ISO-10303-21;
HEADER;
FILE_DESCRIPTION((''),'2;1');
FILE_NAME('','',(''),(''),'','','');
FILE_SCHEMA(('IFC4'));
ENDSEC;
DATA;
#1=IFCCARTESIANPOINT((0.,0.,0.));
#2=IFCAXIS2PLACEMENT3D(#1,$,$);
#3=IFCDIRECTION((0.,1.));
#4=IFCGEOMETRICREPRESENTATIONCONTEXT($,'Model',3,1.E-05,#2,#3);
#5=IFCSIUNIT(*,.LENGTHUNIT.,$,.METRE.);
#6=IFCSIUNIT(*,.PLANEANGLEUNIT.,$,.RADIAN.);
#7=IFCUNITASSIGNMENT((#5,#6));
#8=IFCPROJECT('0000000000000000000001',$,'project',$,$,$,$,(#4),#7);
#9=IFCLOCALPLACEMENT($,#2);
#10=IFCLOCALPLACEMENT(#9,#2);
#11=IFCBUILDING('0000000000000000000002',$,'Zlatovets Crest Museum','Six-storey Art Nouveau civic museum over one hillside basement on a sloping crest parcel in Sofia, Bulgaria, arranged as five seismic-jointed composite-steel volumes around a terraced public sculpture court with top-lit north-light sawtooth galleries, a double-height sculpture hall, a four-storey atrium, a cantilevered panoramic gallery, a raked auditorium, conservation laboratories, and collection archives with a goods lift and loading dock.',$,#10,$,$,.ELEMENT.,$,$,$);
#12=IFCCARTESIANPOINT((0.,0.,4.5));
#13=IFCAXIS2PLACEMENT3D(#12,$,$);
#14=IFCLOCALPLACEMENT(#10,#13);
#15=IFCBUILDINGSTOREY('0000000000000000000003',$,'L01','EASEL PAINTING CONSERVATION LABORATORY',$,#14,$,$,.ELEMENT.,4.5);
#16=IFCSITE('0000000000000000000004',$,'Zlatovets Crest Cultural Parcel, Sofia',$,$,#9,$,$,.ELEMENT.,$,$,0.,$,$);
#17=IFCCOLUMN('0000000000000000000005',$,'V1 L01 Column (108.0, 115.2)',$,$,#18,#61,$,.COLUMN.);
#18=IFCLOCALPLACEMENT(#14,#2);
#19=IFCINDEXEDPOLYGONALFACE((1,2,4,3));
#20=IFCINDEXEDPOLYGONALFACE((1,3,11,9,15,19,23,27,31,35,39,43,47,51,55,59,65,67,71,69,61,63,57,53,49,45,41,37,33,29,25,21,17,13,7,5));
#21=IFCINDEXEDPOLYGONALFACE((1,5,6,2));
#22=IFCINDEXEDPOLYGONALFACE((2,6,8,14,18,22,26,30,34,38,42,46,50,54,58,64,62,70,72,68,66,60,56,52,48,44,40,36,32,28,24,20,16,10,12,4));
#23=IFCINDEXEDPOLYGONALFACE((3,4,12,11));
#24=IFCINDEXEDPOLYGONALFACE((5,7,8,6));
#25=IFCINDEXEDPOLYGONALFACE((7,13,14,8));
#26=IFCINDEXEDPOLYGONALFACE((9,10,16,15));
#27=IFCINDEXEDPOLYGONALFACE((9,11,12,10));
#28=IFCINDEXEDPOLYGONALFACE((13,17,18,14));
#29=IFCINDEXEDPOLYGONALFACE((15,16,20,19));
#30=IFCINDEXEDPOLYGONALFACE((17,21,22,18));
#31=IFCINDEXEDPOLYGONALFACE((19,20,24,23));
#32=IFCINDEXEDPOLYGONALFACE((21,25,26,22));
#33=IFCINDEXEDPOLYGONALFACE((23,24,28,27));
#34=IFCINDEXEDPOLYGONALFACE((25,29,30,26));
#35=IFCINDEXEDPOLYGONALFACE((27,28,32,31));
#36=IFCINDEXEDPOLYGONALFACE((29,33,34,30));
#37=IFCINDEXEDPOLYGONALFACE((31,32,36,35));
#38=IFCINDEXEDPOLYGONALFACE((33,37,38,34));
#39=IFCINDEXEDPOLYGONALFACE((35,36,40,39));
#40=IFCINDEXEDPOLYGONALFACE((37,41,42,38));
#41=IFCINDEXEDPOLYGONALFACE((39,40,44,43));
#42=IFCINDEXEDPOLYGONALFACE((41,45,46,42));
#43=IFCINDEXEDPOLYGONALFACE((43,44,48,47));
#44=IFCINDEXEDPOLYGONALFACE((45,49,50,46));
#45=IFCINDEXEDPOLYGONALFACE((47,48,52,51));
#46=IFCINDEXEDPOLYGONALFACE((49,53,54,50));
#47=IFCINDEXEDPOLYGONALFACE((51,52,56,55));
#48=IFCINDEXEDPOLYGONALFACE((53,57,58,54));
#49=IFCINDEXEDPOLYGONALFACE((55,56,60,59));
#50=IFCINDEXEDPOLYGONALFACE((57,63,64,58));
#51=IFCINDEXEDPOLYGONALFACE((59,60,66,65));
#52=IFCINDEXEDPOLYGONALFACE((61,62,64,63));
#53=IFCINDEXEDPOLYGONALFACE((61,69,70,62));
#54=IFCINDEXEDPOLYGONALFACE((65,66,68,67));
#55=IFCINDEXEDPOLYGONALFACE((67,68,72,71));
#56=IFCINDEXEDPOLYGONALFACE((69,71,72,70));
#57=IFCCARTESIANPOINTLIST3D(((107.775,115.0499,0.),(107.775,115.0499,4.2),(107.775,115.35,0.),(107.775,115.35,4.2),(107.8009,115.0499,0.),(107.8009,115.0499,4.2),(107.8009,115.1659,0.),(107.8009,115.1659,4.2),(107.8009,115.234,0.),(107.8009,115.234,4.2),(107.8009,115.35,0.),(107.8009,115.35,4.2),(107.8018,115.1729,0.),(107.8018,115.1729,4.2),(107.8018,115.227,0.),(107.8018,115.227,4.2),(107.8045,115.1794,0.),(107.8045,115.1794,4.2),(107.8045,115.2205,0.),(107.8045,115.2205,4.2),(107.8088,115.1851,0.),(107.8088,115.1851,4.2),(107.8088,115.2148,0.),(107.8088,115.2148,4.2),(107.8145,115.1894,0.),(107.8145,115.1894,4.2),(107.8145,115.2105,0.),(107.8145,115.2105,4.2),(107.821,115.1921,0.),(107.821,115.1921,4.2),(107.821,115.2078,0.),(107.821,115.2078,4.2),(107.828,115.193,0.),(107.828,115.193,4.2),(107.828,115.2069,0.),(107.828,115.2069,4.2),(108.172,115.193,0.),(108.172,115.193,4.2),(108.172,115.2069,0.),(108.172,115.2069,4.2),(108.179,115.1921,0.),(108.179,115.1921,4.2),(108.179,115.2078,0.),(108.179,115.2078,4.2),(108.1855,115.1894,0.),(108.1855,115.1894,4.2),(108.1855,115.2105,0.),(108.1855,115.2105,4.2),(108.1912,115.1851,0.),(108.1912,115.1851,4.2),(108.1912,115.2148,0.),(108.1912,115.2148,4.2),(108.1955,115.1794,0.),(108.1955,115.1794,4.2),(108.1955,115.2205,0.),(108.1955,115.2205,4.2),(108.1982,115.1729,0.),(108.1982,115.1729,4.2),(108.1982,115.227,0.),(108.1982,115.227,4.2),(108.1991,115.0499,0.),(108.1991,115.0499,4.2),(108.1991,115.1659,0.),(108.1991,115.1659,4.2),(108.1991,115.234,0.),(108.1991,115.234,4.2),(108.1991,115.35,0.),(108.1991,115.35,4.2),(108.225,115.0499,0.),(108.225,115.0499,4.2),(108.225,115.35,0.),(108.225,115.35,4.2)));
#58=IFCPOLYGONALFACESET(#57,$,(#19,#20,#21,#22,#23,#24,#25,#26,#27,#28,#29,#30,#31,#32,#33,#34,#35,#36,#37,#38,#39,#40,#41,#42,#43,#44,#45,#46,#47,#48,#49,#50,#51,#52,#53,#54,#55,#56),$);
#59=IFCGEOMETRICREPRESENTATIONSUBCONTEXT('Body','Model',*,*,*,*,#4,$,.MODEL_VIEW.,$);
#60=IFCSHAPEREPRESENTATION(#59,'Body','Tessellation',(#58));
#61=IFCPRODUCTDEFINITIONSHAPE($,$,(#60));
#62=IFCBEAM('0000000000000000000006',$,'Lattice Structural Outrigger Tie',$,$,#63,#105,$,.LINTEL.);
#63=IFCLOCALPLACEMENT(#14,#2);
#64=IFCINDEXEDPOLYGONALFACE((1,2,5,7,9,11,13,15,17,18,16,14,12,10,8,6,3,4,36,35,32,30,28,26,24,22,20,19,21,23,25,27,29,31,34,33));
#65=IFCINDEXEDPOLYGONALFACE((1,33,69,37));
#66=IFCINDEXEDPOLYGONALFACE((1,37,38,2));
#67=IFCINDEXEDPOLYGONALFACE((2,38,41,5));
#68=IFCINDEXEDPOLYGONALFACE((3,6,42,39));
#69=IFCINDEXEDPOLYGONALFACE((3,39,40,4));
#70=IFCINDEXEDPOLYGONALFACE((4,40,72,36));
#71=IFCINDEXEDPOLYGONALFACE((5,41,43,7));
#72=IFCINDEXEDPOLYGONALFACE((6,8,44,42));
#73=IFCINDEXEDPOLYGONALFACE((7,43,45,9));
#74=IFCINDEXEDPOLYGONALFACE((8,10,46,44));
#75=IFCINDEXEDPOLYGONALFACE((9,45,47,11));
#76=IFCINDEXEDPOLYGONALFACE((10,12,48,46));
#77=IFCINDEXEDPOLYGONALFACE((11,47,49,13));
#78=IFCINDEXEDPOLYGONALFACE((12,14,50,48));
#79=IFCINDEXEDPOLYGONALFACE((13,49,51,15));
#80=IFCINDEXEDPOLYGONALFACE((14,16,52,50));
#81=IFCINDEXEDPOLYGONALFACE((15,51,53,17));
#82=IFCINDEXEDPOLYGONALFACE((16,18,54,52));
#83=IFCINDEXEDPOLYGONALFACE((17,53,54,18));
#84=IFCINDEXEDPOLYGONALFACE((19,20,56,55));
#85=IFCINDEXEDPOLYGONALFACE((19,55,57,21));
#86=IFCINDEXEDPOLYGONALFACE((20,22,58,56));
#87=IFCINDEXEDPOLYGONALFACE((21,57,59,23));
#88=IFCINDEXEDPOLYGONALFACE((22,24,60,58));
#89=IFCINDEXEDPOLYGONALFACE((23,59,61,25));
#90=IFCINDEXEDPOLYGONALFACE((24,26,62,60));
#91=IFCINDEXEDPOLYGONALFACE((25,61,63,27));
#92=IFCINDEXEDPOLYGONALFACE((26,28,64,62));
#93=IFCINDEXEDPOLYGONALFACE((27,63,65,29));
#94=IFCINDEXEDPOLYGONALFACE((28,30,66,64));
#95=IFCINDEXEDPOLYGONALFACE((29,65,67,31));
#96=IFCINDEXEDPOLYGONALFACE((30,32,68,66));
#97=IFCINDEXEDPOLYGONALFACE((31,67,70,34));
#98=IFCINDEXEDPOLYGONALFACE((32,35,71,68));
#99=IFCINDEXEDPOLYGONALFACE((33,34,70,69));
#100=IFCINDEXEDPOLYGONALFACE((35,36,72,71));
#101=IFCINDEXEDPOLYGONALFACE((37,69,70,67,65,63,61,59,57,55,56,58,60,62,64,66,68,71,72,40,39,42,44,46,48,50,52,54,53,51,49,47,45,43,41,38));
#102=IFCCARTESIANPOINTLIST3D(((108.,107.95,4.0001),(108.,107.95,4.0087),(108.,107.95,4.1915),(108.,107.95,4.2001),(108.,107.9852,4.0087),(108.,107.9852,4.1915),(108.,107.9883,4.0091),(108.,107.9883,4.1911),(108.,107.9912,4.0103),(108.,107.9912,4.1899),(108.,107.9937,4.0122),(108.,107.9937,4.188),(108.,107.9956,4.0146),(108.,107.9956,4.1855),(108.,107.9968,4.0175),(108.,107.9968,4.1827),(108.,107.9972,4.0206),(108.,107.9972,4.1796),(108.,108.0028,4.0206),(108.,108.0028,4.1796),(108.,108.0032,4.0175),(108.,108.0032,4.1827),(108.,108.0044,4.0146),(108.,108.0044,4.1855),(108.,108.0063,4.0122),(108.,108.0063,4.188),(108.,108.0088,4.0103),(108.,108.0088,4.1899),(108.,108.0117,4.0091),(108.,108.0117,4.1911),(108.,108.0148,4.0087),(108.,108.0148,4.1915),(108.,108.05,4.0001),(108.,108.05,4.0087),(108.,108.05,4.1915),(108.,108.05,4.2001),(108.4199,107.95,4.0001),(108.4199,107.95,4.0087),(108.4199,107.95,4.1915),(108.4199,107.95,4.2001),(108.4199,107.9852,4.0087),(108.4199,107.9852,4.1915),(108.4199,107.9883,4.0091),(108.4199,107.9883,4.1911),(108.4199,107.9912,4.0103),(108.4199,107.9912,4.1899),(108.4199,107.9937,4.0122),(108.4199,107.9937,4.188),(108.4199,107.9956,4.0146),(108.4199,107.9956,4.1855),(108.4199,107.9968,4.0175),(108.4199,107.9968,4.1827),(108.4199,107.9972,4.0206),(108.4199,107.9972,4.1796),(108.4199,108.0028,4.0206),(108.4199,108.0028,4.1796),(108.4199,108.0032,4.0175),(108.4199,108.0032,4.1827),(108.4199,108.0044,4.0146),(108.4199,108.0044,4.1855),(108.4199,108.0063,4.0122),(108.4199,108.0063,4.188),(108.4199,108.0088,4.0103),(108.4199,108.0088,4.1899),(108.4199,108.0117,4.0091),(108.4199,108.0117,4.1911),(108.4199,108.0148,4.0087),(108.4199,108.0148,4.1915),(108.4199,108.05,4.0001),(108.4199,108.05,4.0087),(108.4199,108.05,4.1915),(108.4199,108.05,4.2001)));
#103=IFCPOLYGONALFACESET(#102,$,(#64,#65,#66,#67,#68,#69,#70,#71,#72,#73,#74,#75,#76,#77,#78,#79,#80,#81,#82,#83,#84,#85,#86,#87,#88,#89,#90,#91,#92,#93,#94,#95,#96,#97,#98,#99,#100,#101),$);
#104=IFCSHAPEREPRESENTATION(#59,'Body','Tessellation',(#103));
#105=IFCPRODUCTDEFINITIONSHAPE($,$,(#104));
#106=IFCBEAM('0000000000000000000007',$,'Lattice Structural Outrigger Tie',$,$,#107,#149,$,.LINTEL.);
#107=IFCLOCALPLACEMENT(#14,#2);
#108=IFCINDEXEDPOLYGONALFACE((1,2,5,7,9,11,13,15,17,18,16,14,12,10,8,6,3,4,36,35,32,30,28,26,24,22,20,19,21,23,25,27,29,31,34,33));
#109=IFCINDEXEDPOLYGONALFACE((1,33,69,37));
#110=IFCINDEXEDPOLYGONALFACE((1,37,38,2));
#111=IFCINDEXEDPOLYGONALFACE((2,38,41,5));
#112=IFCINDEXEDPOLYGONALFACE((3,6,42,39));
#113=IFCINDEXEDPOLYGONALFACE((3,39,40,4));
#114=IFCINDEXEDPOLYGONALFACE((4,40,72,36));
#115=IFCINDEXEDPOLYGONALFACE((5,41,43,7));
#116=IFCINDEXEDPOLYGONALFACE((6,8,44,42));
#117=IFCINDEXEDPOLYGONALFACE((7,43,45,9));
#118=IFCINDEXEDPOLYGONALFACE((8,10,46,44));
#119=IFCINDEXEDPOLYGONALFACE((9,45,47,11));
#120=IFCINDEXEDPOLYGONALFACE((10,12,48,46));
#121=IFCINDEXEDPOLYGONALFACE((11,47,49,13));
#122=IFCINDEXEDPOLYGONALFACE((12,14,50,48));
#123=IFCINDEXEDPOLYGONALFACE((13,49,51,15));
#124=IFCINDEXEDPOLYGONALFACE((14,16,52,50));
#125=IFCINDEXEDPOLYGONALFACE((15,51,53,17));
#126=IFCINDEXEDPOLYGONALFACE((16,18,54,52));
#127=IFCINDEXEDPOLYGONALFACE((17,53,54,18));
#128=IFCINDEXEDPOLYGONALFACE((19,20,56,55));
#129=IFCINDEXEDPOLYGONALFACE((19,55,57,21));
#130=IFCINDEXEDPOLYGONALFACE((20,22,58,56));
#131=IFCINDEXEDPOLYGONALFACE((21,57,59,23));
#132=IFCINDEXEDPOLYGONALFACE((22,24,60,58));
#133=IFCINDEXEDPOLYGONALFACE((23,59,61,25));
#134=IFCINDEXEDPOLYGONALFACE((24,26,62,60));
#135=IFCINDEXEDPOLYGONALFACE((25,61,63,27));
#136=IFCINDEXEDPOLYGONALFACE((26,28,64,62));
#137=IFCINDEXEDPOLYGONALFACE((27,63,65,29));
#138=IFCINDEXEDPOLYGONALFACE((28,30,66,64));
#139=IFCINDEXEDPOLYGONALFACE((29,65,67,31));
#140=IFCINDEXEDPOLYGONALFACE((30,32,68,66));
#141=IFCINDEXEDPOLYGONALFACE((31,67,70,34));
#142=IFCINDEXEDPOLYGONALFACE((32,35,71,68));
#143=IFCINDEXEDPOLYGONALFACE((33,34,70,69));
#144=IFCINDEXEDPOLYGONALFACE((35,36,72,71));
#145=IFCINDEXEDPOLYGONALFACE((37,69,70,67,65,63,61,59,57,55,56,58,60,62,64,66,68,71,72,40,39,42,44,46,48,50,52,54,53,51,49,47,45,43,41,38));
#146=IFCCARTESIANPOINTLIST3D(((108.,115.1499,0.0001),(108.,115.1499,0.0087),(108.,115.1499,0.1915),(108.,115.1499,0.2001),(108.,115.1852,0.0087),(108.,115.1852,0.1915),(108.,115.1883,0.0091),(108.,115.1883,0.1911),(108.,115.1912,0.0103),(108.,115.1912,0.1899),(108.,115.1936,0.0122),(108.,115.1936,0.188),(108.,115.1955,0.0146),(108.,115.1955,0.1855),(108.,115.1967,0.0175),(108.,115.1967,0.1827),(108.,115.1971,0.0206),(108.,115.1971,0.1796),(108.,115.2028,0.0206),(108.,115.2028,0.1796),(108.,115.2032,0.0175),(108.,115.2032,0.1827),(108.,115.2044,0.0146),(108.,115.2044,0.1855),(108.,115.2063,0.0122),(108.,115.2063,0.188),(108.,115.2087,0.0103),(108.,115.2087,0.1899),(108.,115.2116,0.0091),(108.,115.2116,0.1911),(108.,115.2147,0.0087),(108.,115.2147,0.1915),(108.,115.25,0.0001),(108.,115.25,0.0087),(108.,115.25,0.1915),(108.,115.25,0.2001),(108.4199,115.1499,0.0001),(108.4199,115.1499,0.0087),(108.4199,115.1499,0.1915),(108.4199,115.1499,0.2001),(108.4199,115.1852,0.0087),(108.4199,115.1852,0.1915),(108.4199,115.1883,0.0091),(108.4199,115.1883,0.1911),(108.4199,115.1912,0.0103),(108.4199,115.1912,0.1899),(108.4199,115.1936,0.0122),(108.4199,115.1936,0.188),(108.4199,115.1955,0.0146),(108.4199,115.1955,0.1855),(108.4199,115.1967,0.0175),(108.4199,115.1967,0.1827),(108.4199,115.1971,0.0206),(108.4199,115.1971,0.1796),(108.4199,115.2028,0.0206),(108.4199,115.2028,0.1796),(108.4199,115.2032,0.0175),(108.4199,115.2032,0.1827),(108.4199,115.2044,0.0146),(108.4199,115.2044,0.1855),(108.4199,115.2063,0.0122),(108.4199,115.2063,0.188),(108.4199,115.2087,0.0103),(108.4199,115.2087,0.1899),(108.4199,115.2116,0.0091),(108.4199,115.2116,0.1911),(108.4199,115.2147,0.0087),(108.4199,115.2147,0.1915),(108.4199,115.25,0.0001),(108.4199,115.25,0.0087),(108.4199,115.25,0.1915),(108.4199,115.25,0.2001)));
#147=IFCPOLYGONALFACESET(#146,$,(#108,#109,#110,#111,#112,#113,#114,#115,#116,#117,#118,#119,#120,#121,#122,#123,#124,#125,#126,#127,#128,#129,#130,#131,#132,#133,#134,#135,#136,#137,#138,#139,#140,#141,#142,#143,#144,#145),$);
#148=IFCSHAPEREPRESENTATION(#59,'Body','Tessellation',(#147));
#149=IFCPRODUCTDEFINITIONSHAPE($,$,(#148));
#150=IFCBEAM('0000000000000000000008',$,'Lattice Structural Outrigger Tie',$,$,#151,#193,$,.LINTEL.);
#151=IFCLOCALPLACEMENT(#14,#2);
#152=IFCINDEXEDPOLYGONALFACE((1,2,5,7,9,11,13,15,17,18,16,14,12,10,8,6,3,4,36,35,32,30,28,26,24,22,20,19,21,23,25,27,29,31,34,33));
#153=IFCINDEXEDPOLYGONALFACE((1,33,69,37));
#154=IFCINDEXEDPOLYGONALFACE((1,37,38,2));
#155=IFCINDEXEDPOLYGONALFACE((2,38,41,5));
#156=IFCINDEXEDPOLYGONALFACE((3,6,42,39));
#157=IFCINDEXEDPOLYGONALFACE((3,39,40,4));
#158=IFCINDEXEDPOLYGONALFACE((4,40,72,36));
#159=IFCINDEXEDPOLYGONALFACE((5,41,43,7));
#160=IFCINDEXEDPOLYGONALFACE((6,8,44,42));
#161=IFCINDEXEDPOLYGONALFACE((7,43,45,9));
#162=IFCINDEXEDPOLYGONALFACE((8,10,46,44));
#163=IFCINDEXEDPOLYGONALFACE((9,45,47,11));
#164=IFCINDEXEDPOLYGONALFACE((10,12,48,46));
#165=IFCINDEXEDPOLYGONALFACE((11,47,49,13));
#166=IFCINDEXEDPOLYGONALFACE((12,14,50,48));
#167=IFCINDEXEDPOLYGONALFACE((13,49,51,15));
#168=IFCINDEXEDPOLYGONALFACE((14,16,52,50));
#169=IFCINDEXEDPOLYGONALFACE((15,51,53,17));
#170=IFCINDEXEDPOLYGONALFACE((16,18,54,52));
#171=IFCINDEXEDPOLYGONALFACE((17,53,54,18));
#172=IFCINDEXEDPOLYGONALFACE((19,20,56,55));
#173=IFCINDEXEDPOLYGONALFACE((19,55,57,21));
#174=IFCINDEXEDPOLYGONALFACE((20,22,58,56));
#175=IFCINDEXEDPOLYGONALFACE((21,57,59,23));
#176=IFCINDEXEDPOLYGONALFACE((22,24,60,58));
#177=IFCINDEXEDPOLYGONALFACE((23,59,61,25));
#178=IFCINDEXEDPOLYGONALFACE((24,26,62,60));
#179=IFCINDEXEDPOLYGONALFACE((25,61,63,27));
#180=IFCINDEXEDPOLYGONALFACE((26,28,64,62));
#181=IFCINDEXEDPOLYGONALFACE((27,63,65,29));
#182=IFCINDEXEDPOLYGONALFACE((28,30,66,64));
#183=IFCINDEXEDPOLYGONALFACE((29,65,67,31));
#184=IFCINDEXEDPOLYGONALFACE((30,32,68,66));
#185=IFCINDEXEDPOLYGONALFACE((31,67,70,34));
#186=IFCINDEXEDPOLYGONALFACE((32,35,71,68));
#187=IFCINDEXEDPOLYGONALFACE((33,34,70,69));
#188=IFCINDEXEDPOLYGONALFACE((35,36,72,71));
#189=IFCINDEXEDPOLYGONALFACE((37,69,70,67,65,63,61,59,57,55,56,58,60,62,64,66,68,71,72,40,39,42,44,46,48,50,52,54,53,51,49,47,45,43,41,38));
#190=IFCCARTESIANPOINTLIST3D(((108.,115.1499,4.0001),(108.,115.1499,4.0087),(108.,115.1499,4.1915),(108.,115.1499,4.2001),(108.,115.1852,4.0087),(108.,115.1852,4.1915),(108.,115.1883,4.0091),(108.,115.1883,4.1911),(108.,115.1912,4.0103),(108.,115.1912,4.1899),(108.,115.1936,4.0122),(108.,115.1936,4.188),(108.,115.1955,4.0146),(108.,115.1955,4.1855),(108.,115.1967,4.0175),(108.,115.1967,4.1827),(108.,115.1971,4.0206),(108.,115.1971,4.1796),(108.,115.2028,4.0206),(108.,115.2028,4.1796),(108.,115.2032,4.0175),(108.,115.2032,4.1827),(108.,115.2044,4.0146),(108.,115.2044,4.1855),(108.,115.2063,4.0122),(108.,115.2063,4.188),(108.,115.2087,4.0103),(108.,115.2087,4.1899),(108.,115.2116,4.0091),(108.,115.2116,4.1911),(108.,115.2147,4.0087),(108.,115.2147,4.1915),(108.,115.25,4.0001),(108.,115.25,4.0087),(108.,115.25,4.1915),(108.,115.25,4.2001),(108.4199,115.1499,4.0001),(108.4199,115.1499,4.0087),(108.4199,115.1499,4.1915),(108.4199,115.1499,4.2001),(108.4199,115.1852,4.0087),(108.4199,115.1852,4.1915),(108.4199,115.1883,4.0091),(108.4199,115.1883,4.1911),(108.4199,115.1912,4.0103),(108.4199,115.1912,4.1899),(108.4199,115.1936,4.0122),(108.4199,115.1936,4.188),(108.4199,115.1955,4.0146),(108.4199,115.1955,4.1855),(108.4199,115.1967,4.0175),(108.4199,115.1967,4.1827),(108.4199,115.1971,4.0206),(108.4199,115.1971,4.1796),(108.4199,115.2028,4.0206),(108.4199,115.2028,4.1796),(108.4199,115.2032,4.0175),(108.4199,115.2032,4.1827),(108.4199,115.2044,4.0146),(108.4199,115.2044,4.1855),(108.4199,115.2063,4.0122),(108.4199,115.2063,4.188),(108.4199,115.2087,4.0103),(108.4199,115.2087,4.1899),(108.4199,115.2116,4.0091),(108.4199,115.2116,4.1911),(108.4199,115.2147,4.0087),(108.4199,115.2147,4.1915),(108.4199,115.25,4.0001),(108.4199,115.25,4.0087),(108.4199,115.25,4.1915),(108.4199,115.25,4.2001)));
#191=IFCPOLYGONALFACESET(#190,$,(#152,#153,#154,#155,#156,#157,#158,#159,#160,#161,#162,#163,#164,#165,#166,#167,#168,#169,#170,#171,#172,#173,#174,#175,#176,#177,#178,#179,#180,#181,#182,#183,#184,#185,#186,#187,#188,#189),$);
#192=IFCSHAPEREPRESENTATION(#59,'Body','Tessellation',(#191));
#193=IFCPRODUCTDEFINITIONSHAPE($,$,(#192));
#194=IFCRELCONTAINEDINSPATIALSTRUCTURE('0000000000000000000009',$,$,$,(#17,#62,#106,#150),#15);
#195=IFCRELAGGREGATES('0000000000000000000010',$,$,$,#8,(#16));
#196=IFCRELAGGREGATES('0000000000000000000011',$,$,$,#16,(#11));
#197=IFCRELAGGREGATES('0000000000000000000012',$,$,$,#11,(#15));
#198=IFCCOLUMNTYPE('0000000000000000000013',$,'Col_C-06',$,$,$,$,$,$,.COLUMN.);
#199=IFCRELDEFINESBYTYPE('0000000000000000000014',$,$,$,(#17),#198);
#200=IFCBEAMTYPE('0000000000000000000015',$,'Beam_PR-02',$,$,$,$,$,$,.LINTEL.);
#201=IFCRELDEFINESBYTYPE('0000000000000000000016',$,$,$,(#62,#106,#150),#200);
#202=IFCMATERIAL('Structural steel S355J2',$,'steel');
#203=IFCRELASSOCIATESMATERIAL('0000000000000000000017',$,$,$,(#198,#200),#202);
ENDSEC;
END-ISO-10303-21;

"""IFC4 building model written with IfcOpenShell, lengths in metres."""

from ifc_helpers import new_model, si_unit, direction, frame, origin, origin_2d, place, context, subcontext, project, spatial, i_section, extrude, material, material_profile, profile_set, type_object, element, save


model = new_model("IFC4")

# Units and contexts
model_context = context("Model", 3, precision=1e-05, world=origin(), true_north=direction((0.0, 1.0)))
body_context = subcontext(model_context, "Body", "Model", "MODEL_VIEW")
ifc_project = project(units=[si_unit("LENGTHUNIT", "METRE"), si_unit("PLANEANGLEUNIT", "RADIAN")], contexts=[model_context])

# Site, building, storey
site_placement = place(None, origin())
site = spatial("IfcSite", under=ifc_project, at=site_placement, Name="Zlatovets Crest Cultural Parcel, Sofia", CompositionType="ELEMENT", RefElevation=0.0)
building_placement = place(site_placement, origin())
building = spatial("IfcBuilding", under=site, at=building_placement, Name="Zlatovets Crest Museum", Description="Six-storey Art Nouveau civic museum over one hillside basement on a sloping crest parcel in Sofia, Bulgaria, arranged as five seismic-jointed composite-steel volumes around a terraced public sculpture court with top-lit north-light sawtooth galleries, a double-height sculpture hall, a four-storey atrium, a cantilevered panoramic gallery, a raked auditorium, conservation laboratories, and collection archives with a goods lift and loading dock.", CompositionType="ELEMENT")
storey_placement = place(building_placement, frame((0.0, 0.0, 4.5)))
storey = spatial("IfcBuildingStorey", under=building, at=storey_placement, Name="L01", Description="EASEL PAINTING CONSERVATION LABORATORY", CompositionType="ELEMENT", Elevation=4.5)

# Column
ifc_material_1 = material(Name="Structural steel S355J2", Category="steel")
ifc_material_profile_1 = material_profile(ifc_material_1, i_section(OverallWidth=0.3, OverallDepth=0.45, WebThickness=0.0139, FlangeThickness=0.0259, FilletRadius=0.0271, at=origin_2d()), Name="HEB 450")
ifc_profile_set_1 = profile_set([ifc_material_profile_1], Name="Structural steel S355J2")
column_type = type_object("IfcColumnType", Name="Col_C-06", PredefinedType="COLUMN", material=ifc_profile_set_1)
column_placement = place(storey_placement, frame((108.0, 115.2, 0.0), z_axis=(0.0, 0.0, 1.0), x_axis=(0.0, 1.0, 0.0)))
element("IfcColumn", 1, at=column_placement, inside=storey, type_object=column_type, Name="V1 L01 Column (108.0, 115.2)", PredefinedType="COLUMN", context=body_context, shape_type="SweptSolid", body=[
    extrude(i_section(OverallWidth=0.3, OverallDepth=0.45, WebThickness=0.0139, FlangeThickness=0.0259, FilletRadius=0.0271, at=origin_2d()), origin(), (0.0, 0.0, 1.0), 4.2),
])

# Beams
ifc_material_profile_2 = material_profile(ifc_material_1, i_section(OverallWidth=0.1001, OverallDepth=0.2, WebThickness=0.0056, FlangeThickness=0.0085, FilletRadius=0.012, at=origin_2d()), Name="IPE 200")
ifc_profile_set_2 = profile_set([ifc_material_profile_2], Name="Structural steel S355J2")
beam_type = type_object("IfcBeamType", Name="Beam_PR-02", PredefinedType="LINTEL", material=ifc_profile_set_2)
for number, where, z_axis, x_axis, name in (
    (2, (108.0, 108.0, 4.1001), (1.0, 0.0, 0.0), (0.0, 1.0, 0.0), "Lattice Structural Outrigger Tie"),
    (3, (108.0, 115.2, 0.1001), (1.0, 0.0, 0.0), (0.0, 1.0, 0.0), "Lattice Structural Outrigger Tie"),
    (4, (108.0, 115.2, 4.1001), (1.0, 0.0, 0.0), (0.0, 1.0, 0.0), "Lattice Structural Outrigger Tie"),
):
    element("IfcBeam", number, at=place(storey_placement, frame(where, z_axis=z_axis, x_axis=x_axis)), inside=storey, type_object=beam_type, Name=name, PredefinedType="LINTEL", context=body_context, shape_type="SweptSolid", body=[
        extrude(i_section(OverallWidth=0.1001, OverallDepth=0.2, WebThickness=0.0056, FlangeThickness=0.0085, FilletRadius=0.012, at=origin_2d()), origin(), (0.0, 0.0, 1.0), 0.4199),
    ])

save(model, "model.ifc")
